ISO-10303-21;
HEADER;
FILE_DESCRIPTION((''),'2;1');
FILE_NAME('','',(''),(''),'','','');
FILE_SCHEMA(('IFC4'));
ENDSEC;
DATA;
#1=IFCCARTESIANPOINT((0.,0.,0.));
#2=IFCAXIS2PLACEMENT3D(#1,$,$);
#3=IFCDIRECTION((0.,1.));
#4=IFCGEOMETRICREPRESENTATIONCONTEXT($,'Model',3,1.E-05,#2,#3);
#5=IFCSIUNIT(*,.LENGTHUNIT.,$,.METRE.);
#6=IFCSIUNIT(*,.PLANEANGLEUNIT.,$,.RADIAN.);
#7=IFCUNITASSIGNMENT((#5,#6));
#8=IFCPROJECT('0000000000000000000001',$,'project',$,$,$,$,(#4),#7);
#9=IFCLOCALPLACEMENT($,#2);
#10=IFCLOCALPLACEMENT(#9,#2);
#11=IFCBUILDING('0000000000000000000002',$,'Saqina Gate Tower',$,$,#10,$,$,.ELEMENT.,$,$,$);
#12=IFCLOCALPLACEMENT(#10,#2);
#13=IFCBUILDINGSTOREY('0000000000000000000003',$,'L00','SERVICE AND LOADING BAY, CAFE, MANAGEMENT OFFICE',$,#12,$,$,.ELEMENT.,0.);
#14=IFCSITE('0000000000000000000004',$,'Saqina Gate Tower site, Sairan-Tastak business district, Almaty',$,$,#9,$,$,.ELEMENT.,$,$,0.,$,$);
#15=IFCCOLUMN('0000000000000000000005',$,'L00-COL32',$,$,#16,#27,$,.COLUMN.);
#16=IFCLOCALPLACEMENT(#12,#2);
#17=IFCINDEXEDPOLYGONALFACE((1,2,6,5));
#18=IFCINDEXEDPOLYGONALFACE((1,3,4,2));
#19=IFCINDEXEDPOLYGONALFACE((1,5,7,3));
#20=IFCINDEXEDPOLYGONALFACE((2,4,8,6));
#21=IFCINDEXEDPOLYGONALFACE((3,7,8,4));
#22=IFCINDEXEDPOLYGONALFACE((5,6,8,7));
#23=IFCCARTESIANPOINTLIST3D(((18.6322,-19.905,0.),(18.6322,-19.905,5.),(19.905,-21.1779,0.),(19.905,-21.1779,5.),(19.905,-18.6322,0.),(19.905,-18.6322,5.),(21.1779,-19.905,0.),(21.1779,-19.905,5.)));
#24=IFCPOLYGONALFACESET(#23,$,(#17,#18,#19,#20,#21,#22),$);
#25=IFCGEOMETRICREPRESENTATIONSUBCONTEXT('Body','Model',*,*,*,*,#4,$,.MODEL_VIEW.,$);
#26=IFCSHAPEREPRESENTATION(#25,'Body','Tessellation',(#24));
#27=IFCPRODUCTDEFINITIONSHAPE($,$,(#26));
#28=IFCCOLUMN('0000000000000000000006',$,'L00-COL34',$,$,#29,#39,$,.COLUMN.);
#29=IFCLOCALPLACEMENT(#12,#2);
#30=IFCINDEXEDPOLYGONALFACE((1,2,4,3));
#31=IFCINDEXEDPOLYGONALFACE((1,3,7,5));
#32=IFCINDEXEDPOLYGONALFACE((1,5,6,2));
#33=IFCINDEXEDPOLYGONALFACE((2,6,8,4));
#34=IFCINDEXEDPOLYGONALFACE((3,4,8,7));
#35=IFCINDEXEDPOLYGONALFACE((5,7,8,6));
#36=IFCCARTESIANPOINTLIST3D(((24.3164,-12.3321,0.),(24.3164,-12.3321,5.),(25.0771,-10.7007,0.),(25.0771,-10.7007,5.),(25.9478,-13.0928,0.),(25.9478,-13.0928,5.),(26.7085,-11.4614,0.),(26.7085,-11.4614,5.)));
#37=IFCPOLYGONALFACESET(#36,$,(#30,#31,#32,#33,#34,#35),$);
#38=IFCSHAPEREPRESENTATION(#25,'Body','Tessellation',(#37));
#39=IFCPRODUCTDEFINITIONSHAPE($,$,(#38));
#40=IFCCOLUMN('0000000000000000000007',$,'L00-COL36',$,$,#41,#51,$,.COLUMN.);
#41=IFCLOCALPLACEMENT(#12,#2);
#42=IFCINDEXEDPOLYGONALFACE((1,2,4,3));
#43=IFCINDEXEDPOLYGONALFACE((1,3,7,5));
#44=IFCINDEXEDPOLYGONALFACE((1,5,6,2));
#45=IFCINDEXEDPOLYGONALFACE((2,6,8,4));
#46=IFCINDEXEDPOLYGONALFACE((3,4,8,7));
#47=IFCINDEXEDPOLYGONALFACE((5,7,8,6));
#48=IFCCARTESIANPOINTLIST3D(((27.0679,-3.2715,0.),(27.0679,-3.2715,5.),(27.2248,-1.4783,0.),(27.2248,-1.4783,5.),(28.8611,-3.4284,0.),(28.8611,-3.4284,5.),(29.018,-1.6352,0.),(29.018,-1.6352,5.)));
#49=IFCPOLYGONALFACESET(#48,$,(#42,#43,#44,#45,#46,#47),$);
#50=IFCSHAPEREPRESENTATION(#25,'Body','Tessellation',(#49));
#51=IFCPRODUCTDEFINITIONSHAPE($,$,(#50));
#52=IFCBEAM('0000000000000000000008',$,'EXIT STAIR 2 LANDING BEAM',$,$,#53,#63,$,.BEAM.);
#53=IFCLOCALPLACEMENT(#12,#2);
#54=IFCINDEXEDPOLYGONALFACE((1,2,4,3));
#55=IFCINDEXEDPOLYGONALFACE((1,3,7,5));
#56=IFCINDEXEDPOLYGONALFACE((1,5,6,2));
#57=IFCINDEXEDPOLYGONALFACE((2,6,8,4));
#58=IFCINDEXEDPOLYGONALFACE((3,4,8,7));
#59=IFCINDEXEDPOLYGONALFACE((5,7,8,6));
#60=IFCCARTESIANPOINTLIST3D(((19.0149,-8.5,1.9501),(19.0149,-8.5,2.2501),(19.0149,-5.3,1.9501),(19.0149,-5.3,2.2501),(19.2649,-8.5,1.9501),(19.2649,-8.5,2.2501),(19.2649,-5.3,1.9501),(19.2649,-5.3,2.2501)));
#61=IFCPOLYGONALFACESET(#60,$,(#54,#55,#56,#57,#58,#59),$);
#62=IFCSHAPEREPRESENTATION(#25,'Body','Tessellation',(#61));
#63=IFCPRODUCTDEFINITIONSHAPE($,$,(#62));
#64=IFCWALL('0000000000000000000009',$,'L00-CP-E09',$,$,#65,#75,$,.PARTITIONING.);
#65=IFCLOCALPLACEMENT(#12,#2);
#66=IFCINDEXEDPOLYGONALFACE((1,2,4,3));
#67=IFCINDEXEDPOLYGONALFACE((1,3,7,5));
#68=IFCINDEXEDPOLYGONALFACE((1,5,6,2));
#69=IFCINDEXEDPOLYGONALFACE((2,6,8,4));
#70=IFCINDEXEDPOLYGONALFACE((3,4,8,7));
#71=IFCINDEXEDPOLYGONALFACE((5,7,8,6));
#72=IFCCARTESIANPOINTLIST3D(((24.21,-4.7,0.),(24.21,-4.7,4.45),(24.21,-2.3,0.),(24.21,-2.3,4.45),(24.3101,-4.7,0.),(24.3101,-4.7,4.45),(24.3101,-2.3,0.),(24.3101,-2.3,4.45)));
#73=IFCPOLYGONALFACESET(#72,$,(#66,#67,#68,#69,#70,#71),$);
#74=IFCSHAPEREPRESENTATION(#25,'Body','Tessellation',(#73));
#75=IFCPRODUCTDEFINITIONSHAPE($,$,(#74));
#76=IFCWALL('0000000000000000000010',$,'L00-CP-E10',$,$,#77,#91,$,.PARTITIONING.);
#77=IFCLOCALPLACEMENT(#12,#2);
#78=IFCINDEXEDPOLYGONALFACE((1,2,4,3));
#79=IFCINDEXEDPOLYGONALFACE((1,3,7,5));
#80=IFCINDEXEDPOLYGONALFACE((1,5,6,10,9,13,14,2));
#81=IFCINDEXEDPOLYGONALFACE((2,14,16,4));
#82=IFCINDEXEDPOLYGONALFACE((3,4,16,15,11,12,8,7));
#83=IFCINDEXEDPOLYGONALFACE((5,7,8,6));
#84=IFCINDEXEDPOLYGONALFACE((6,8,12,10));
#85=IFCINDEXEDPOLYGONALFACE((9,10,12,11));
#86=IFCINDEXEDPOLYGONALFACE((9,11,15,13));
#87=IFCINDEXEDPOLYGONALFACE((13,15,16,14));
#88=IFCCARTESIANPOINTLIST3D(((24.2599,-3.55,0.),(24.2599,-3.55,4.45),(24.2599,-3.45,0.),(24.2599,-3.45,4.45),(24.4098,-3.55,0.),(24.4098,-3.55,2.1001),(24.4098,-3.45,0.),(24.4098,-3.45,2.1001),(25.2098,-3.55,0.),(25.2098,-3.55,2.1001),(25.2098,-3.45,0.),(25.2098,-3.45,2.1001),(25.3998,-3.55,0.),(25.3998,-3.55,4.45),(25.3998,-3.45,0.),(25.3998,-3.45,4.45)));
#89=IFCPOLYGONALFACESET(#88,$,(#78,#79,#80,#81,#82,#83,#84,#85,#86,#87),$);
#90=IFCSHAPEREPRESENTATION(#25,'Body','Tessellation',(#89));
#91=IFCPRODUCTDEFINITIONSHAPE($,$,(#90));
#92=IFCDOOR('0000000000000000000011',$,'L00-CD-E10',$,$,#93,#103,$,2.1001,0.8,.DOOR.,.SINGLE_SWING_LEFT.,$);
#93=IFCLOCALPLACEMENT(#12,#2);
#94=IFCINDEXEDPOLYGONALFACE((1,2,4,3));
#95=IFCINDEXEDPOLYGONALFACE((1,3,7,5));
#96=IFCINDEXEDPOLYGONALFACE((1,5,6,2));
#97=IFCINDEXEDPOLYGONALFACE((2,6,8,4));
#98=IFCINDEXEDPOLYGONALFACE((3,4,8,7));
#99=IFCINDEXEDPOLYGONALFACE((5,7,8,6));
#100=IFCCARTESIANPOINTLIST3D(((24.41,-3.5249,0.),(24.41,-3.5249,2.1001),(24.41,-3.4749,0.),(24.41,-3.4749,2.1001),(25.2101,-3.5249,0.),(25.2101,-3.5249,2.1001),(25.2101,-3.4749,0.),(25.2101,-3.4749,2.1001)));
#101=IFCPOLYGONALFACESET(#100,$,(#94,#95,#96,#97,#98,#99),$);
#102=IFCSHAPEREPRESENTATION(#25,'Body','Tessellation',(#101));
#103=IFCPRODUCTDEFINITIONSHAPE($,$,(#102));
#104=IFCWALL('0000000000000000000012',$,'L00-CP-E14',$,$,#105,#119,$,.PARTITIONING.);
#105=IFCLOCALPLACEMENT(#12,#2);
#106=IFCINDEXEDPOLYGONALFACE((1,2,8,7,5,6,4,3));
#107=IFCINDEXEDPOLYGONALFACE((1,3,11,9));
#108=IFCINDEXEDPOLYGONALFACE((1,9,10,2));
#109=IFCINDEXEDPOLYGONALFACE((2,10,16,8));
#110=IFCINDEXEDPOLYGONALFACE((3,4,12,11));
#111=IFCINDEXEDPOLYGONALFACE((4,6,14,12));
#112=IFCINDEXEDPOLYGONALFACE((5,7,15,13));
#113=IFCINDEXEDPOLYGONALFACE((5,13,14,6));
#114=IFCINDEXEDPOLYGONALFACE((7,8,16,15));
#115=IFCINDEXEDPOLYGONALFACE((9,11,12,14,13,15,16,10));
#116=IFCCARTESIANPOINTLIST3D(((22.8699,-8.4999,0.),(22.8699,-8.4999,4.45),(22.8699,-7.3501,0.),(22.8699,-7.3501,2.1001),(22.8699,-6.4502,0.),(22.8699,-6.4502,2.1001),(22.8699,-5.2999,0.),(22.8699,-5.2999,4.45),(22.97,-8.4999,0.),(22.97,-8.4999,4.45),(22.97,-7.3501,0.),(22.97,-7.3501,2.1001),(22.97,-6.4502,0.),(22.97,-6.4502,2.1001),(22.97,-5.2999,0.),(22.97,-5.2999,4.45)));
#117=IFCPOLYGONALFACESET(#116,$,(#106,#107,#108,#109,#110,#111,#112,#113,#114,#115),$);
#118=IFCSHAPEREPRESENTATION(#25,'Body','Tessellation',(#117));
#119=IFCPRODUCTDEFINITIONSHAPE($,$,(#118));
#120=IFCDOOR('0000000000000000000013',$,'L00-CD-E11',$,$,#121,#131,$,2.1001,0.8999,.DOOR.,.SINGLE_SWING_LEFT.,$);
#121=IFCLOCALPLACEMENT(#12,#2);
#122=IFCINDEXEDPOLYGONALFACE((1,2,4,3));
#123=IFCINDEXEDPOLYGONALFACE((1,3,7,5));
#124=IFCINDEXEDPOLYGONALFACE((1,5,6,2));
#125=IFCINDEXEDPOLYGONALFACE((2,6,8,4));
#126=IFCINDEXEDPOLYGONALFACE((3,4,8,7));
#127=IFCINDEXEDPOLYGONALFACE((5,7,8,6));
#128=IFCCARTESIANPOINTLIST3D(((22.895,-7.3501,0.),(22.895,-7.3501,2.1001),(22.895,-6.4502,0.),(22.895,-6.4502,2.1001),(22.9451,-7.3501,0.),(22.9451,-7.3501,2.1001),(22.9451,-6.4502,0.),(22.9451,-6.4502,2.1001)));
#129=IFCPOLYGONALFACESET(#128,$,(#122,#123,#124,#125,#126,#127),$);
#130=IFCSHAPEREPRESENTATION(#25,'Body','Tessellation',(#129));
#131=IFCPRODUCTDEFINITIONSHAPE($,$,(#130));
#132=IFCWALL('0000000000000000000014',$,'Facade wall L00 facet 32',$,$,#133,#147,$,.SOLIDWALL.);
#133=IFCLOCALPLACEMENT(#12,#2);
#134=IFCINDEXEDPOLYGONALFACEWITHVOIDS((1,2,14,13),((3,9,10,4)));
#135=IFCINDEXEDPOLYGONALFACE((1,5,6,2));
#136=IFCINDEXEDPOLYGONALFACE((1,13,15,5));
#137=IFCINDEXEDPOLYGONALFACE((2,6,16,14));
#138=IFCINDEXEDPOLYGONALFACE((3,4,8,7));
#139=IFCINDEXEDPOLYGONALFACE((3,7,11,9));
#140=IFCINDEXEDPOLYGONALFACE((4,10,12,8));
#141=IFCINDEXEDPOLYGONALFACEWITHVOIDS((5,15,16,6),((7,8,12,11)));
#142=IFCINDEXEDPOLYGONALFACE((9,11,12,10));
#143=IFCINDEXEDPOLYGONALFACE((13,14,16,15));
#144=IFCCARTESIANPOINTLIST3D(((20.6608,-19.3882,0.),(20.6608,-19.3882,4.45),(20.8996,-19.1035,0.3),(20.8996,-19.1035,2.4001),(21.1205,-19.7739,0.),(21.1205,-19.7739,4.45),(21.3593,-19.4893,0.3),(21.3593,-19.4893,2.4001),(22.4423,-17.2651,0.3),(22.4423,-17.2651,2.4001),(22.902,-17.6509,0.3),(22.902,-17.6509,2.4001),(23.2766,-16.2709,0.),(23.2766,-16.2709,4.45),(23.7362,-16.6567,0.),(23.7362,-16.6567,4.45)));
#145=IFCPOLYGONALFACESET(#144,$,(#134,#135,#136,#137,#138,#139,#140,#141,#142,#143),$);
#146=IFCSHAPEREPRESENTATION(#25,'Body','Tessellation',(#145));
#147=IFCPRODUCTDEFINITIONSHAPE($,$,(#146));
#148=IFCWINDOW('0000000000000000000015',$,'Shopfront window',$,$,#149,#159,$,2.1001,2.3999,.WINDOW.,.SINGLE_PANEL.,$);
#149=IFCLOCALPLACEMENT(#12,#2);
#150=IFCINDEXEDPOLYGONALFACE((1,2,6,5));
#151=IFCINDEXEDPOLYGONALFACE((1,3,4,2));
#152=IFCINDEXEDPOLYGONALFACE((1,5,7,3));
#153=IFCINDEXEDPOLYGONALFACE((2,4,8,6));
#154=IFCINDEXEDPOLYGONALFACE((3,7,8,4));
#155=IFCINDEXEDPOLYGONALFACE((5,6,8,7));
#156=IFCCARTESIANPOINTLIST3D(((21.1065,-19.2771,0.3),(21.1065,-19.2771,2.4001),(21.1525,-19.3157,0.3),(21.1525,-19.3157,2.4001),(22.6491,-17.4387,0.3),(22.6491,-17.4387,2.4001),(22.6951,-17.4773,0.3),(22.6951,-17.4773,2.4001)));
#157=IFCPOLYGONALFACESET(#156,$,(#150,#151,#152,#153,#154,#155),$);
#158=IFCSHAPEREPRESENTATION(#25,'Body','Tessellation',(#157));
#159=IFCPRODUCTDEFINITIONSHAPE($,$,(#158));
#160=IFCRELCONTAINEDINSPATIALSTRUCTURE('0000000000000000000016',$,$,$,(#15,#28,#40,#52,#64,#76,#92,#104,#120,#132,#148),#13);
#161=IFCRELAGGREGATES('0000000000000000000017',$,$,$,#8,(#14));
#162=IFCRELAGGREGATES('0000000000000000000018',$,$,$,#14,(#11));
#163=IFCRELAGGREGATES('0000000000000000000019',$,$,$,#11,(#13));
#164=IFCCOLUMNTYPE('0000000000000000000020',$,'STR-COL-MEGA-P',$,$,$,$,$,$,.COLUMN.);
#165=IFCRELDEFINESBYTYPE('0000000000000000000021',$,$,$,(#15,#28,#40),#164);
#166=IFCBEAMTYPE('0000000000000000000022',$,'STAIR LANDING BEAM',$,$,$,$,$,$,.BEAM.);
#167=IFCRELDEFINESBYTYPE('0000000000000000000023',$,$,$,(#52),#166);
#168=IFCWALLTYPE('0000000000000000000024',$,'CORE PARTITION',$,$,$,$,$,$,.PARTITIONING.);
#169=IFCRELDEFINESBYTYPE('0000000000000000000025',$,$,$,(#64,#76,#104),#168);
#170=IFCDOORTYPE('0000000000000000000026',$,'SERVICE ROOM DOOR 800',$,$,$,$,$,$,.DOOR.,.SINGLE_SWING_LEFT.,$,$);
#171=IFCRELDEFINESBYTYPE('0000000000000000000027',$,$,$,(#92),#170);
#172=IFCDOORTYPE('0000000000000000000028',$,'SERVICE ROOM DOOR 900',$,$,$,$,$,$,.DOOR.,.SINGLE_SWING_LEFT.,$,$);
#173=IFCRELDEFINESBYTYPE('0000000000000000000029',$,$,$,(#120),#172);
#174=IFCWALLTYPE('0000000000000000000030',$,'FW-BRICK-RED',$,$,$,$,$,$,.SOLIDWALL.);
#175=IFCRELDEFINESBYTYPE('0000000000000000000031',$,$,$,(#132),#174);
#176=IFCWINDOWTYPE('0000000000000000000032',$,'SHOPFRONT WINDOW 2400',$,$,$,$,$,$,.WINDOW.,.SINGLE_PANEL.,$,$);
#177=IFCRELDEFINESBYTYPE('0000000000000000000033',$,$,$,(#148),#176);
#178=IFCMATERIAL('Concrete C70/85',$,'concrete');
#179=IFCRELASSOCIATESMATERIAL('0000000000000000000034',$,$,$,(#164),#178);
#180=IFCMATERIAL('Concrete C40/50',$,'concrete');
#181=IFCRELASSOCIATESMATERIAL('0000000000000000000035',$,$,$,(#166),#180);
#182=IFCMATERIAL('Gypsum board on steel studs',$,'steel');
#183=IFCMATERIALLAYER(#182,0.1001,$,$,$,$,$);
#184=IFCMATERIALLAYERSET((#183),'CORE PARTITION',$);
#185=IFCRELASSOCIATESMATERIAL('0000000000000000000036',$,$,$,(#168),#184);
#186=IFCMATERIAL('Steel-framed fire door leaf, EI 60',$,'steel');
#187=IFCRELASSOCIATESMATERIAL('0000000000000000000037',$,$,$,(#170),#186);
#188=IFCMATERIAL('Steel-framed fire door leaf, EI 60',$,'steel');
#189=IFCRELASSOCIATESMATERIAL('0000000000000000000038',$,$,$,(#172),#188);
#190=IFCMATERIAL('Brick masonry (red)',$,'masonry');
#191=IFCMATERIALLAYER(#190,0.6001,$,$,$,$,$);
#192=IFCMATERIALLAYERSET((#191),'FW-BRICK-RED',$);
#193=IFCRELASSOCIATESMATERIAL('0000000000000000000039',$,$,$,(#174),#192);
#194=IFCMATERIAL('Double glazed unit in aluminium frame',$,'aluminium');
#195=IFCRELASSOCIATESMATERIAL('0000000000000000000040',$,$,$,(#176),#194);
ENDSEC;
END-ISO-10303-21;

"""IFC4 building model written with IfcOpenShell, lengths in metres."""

from ifc_helpers import new_model, si_unit, direction, frame, frame_2d, origin, origin_2d, place, context, subcontext, project, spatial, rectangle, extrude, material, layer, layer_set, material_profile, profile_set, type_object, element, fill, save


model = new_model("IFC4")

# Units and contexts
model_context = context("Model", 3, precision=1e-05, world=origin(), true_north=direction((0.0, 1.0)))
body_context = subcontext(model_context, "Body", "Model", "MODEL_VIEW")
ifc_project = project(units=[si_unit("LENGTHUNIT", "METRE"), si_unit("PLANEANGLEUNIT", "RADIAN")], contexts=[model_context])

# Site, building, storey
site_placement = place(None, origin())
site = spatial("IfcSite", under=ifc_project, at=site_placement, Name="Saqina Gate Tower site, Sairan-Tastak business district, Almaty", CompositionType="ELEMENT", RefElevation=0.0)
building_placement = place(site_placement, origin())
building = spatial("IfcBuilding", under=site, at=building_placement, Name="Saqina Gate Tower", CompositionType="ELEMENT")
storey_placement = place(building_placement, origin())
storey = spatial("IfcBuildingStorey", under=building, at=storey_placement, Name="L00", Description="SERVICE AND LOADING BAY, CAFE, MANAGEMENT OFFICE", CompositionType="ELEMENT", Elevation=0.0)

# Columns
ifc_material_1 = material(Name="Concrete C70/85", Category="concrete")
ifc_material_profile_1 = material_profile(ifc_material_1, rectangle(XDim=1.8, YDim=1.8, at=origin_2d()), Name="RC 1800x1800")
ifc_profile_set_1 = profile_set([ifc_material_profile_1], Name="Concrete C70/85")
column_type = type_object("IfcColumnType", Name="STR-COL-MEGA-P", PredefinedType="COLUMN", material=ifc_profile_set_1)
for number, where, z_axis, x_axis, name in (
    (1, (19.905, -19.905, 0.0), (0.0, 0.0, 1.0), (0.707107, -0.707107, 0.0), "L00-COL32"),
    (2, (25.5125, -11.8967, 0.0), (0.0, 0.0, 1.0), (0.906308, -0.422618, 0.0), "L00-COL34"),
    (3, (28.043, -2.4534, 0.0), (0.0, 0.0, 1.0), (0.996195, -0.087156, 0.0), "L00-COL36"),
):
    element("IfcColumn", number, at=place(storey_placement, frame(where, z_axis=z_axis, x_axis=x_axis)), inside=storey, type_object=column_type, Name=name, PredefinedType="COLUMN", context=body_context, shape_type="SweptSolid", body=[
        extrude(rectangle(XDim=1.8, YDim=1.8, at=origin_2d()), origin(), (0.0, 0.0, 1.0), 5.0),
    ])

# Beam
ifc_material_2 = material(Name="Concrete C40/50", Category="concrete")
ifc_material_profile_2 = material_profile(ifc_material_2, rectangle(XDim=0.25, YDim=0.3, at=origin_2d()), Name="STAIR LANDING BEAM")
ifc_profile_set_2 = profile_set([ifc_material_profile_2], Name="Concrete C40/50")
beam_type = type_object("IfcBeamType", Name="STAIR LANDING BEAM", PredefinedType="BEAM", material=ifc_profile_set_2)
beam_placement = place(storey_placement, frame((19.1399, -8.5, 2.1001), z_axis=(0.0, 1.0, 0.0), x_axis=(-1.0, 0.0, 0.0)))
element("IfcBeam", 4, at=beam_placement, inside=storey, type_object=beam_type, Name="EXIT STAIR 2 LANDING BEAM", PredefinedType="BEAM", context=body_context, shape_type="SweptSolid", body=[
    extrude(rectangle(XDim=0.25, YDim=0.3, at=origin_2d()), origin(), (0.0, 0.0, 1.0), 3.2),
])

# Wall
ifc_material_3 = material(Name="Gypsum board on steel studs", Category="steel")
ifc_layer_1 = layer(ifc_material_3, 0.1001)
ifc_layer_set_1 = layer_set([ifc_layer_1], Name="CORE PARTITION")
wall_type_1 = type_object("IfcWallType", Name="CORE PARTITION", PredefinedType="PARTITIONING", material=ifc_layer_set_1)
wall_1_placement = place(storey_placement, frame((24.26, -4.7, 0.0), z_axis=(0.0, 0.0, 1.0), x_axis=(0.0, 1.0, 0.0)))
element("IfcWall", 5, at=wall_1_placement, inside=storey, type_object=wall_type_1, Name="L00-CP-E09", PredefinedType="PARTITIONING", context=body_context, shape_type="SweptSolid", body=[
    extrude(rectangle(XDim=2.3999, YDim=0.1001, at=frame_2d((1.2, 0.0))), origin(), (0.0, 0.0, 1.0), 4.45),
])

# Walls, openings, doors
wall_2_placement = place(storey_placement, frame((24.26, -3.5, 0.0), z_axis=(0.0, 0.0, 1.0), x_axis=(1.0, 0.0, 0.0)))
wall_2 = element("IfcWall", 6, at=wall_2_placement, inside=storey, type_object=wall_type_1, Name="L00-CP-E10", PredefinedType="PARTITIONING", context=body_context, shape_type="SweptSolid", body=[
    extrude(rectangle(XDim=1.1399, YDim=0.1001, at=frame_2d((0.5698, 0.0))), origin(), (0.0, 0.0, 1.0), 4.45),
])
opening_1_placement = place(wall_2_placement, frame((0.1499, 0.0, 0.0)))
opening_1 = element("IfcOpeningElement", 7, at=opening_1_placement, cuts=wall_2, PredefinedType="OPENING", context=body_context, shape_type="SweptSolid", body=[
    extrude(rectangle(XDim=0.8, YDim=2.1001, at=frame_2d((0.3999, 1.05))), frame((0.0, 0.062, 0.0), z_axis=(0.0, -1.0, 0.0), x_axis=(1.0, 0.0, 0.0)), (0.0, 0.0, 1.0), 0.124),
])
ifc_material_4 = material(Name="Steel-framed fire door leaf, EI 60", Category="steel")
door_type_1 = type_object("IfcDoorType", Name="SERVICE ROOM DOOR 800", OperationType="SINGLE_SWING_LEFT", PredefinedType="DOOR", material=ifc_material_4)
door_1_placement = place(opening_1_placement, frame((0.8, 0.0, 0.0), z_axis=(0.0, 0.0, 1.0), x_axis=(-1.0, 0.0, 0.0)))
door_1 = element("IfcDoor", 8, at=door_1_placement, inside=storey, type_object=door_type_1, Name="L00-CD-E10", OperationType="SINGLE_SWING_LEFT", OverallHeight=2.1001, OverallWidth=0.8, PredefinedType="DOOR", context=body_context, shape_type="SweptSolid", body=[
    extrude(rectangle(XDim=0.8, YDim=2.1001, at=frame_2d((0.3999, 1.05))), frame((0.0, 0.0249, 0.0), z_axis=(0.0, -1.0, 0.0), x_axis=(1.0, 0.0, 0.0)), (0.0, 0.0, 1.0), 0.05),
])
fill(opening_1, door_1)
wall_3_placement = place(storey_placement, frame((22.9199, -8.5, 0.0), z_axis=(0.0, 0.0, 1.0), x_axis=(0.0, 1.0, 0.0)))
wall_3 = element("IfcWall", 9, at=wall_3_placement, inside=storey, type_object=wall_type_1, Name="L00-CP-E14", PredefinedType="PARTITIONING", context=body_context, shape_type="SweptSolid", body=[
    extrude(rectangle(XDim=3.2, YDim=0.1001, at=frame_2d((1.6001, 0.0))), origin(), (0.0, 0.0, 1.0), 4.45),
])
opening_2_placement = place(wall_3_placement, frame((1.1499, 0.0, 0.0)))
opening_2 = element("IfcOpeningElement", 10, at=opening_2_placement, cuts=wall_3, PredefinedType="OPENING", context=body_context, shape_type="SweptSolid", body=[
    extrude(rectangle(XDim=0.8999, YDim=2.1001, at=frame_2d((0.45, 1.05))), frame((0.0, 0.062, 0.0), z_axis=(0.0, -1.0, 0.0), x_axis=(1.0, 0.0, 0.0)), (0.0, 0.0, 1.0), 0.124),
])
ifc_material_5 = material(Name="Steel-framed fire door leaf, EI 60", Category="steel")
door_type_2 = type_object("IfcDoorType", Name="SERVICE ROOM DOOR 900", OperationType="SINGLE_SWING_LEFT", PredefinedType="DOOR", material=ifc_material_5)
door_2_placement = place(opening_2_placement, origin())
door_2 = element("IfcDoor", 11, at=door_2_placement, inside=storey, type_object=door_type_2, Name="L00-CD-E11", OperationType="SINGLE_SWING_LEFT", OverallHeight=2.1001, OverallWidth=0.8999, PredefinedType="DOOR", context=body_context, shape_type="SweptSolid", body=[
    extrude(rectangle(XDim=0.8999, YDim=2.1001, at=frame_2d((0.45, 1.05))), frame((0.0, 0.0249, 0.0), z_axis=(0.0, -1.0, 0.0), x_axis=(1.0, 0.0, 0.0)), (0.0, 0.0, 1.0), 0.05),
])
fill(opening_2, door_2)

# Wall, opening, window
ifc_material_6 = material(Name="Brick masonry (red)", Category="masonry")
ifc_layer_2 = layer(ifc_material_6, 0.6001)
ifc_layer_set_2 = layer_set([ifc_layer_2], Name="FW-BRICK-RED")
wall_type_2 = type_object("IfcWallType", Name="FW-BRICK-RED", PredefinedType="SOLIDWALL", material=ifc_layer_set_2)
wall_4_placement = place(storey_placement, frame((20.8906, -19.5811, 0.0), z_axis=(0.0, 0.0, 1.0), x_axis=(0.642801, 0.766033, 0.0)))
wall_4 = element("IfcWall", 12, at=wall_4_placement, inside=storey, type_object=wall_type_2, Name="Facade wall L00 facet 32", PredefinedType="SOLIDWALL", context=body_context, shape_type="SweptSolid", body=[
    extrude(rectangle(XDim=4.0693, YDim=0.6001, at=frame_2d((2.0347, 0.0))), origin(), (0.0, 0.0, 1.0), 4.45),
])
opening_3_placement = place(wall_4_placement, frame((0.3716, 0.0, 0.3)))
opening_3 = element("IfcOpeningElement", 13, at=opening_3_placement, cuts=wall_4, PredefinedType="OPENING", context=body_context, shape_type="SweptSolid", body=[
    extrude(rectangle(XDim=2.3999, YDim=2.1001, at=frame_2d((1.2, 1.05))), frame((0.0, 0.312, 0.0), z_axis=(0.0, -1.0, 0.0), x_axis=(1.0, 0.0, 0.0)), (0.0, 0.0, 1.0), 0.624),
])
ifc_material_7 = material(Name="Double glazed unit in aluminium frame", Category="aluminium")
window_type = type_object("IfcWindowType", Name="SHOPFRONT WINDOW 2400", PartitioningType="SINGLE_PANEL", PredefinedType="WINDOW", material=ifc_material_7)
window_1_placement = place(opening_3_placement, origin())
window_1 = element("IfcWindow", 14, at=window_1_placement, inside=storey, type_object=window_type, Name="Shopfront window", OverallHeight=2.1001, OverallWidth=2.3999, PartitioningType="SINGLE_PANEL", PredefinedType="WINDOW", context=body_context, shape_type="SweptSolid", body=[
    extrude(rectangle(XDim=2.3999, YDim=2.1001, at=frame_2d((1.2, 1.05))), frame((0.0, 0.03, 0.0), z_axis=(0.0, -1.0, 0.0), x_axis=(1.0, 0.0, 0.0)), (0.0, 0.0, 1.0), 0.0601),
])
fill(opening_3, window_1)

save(model, "model.ifc")
